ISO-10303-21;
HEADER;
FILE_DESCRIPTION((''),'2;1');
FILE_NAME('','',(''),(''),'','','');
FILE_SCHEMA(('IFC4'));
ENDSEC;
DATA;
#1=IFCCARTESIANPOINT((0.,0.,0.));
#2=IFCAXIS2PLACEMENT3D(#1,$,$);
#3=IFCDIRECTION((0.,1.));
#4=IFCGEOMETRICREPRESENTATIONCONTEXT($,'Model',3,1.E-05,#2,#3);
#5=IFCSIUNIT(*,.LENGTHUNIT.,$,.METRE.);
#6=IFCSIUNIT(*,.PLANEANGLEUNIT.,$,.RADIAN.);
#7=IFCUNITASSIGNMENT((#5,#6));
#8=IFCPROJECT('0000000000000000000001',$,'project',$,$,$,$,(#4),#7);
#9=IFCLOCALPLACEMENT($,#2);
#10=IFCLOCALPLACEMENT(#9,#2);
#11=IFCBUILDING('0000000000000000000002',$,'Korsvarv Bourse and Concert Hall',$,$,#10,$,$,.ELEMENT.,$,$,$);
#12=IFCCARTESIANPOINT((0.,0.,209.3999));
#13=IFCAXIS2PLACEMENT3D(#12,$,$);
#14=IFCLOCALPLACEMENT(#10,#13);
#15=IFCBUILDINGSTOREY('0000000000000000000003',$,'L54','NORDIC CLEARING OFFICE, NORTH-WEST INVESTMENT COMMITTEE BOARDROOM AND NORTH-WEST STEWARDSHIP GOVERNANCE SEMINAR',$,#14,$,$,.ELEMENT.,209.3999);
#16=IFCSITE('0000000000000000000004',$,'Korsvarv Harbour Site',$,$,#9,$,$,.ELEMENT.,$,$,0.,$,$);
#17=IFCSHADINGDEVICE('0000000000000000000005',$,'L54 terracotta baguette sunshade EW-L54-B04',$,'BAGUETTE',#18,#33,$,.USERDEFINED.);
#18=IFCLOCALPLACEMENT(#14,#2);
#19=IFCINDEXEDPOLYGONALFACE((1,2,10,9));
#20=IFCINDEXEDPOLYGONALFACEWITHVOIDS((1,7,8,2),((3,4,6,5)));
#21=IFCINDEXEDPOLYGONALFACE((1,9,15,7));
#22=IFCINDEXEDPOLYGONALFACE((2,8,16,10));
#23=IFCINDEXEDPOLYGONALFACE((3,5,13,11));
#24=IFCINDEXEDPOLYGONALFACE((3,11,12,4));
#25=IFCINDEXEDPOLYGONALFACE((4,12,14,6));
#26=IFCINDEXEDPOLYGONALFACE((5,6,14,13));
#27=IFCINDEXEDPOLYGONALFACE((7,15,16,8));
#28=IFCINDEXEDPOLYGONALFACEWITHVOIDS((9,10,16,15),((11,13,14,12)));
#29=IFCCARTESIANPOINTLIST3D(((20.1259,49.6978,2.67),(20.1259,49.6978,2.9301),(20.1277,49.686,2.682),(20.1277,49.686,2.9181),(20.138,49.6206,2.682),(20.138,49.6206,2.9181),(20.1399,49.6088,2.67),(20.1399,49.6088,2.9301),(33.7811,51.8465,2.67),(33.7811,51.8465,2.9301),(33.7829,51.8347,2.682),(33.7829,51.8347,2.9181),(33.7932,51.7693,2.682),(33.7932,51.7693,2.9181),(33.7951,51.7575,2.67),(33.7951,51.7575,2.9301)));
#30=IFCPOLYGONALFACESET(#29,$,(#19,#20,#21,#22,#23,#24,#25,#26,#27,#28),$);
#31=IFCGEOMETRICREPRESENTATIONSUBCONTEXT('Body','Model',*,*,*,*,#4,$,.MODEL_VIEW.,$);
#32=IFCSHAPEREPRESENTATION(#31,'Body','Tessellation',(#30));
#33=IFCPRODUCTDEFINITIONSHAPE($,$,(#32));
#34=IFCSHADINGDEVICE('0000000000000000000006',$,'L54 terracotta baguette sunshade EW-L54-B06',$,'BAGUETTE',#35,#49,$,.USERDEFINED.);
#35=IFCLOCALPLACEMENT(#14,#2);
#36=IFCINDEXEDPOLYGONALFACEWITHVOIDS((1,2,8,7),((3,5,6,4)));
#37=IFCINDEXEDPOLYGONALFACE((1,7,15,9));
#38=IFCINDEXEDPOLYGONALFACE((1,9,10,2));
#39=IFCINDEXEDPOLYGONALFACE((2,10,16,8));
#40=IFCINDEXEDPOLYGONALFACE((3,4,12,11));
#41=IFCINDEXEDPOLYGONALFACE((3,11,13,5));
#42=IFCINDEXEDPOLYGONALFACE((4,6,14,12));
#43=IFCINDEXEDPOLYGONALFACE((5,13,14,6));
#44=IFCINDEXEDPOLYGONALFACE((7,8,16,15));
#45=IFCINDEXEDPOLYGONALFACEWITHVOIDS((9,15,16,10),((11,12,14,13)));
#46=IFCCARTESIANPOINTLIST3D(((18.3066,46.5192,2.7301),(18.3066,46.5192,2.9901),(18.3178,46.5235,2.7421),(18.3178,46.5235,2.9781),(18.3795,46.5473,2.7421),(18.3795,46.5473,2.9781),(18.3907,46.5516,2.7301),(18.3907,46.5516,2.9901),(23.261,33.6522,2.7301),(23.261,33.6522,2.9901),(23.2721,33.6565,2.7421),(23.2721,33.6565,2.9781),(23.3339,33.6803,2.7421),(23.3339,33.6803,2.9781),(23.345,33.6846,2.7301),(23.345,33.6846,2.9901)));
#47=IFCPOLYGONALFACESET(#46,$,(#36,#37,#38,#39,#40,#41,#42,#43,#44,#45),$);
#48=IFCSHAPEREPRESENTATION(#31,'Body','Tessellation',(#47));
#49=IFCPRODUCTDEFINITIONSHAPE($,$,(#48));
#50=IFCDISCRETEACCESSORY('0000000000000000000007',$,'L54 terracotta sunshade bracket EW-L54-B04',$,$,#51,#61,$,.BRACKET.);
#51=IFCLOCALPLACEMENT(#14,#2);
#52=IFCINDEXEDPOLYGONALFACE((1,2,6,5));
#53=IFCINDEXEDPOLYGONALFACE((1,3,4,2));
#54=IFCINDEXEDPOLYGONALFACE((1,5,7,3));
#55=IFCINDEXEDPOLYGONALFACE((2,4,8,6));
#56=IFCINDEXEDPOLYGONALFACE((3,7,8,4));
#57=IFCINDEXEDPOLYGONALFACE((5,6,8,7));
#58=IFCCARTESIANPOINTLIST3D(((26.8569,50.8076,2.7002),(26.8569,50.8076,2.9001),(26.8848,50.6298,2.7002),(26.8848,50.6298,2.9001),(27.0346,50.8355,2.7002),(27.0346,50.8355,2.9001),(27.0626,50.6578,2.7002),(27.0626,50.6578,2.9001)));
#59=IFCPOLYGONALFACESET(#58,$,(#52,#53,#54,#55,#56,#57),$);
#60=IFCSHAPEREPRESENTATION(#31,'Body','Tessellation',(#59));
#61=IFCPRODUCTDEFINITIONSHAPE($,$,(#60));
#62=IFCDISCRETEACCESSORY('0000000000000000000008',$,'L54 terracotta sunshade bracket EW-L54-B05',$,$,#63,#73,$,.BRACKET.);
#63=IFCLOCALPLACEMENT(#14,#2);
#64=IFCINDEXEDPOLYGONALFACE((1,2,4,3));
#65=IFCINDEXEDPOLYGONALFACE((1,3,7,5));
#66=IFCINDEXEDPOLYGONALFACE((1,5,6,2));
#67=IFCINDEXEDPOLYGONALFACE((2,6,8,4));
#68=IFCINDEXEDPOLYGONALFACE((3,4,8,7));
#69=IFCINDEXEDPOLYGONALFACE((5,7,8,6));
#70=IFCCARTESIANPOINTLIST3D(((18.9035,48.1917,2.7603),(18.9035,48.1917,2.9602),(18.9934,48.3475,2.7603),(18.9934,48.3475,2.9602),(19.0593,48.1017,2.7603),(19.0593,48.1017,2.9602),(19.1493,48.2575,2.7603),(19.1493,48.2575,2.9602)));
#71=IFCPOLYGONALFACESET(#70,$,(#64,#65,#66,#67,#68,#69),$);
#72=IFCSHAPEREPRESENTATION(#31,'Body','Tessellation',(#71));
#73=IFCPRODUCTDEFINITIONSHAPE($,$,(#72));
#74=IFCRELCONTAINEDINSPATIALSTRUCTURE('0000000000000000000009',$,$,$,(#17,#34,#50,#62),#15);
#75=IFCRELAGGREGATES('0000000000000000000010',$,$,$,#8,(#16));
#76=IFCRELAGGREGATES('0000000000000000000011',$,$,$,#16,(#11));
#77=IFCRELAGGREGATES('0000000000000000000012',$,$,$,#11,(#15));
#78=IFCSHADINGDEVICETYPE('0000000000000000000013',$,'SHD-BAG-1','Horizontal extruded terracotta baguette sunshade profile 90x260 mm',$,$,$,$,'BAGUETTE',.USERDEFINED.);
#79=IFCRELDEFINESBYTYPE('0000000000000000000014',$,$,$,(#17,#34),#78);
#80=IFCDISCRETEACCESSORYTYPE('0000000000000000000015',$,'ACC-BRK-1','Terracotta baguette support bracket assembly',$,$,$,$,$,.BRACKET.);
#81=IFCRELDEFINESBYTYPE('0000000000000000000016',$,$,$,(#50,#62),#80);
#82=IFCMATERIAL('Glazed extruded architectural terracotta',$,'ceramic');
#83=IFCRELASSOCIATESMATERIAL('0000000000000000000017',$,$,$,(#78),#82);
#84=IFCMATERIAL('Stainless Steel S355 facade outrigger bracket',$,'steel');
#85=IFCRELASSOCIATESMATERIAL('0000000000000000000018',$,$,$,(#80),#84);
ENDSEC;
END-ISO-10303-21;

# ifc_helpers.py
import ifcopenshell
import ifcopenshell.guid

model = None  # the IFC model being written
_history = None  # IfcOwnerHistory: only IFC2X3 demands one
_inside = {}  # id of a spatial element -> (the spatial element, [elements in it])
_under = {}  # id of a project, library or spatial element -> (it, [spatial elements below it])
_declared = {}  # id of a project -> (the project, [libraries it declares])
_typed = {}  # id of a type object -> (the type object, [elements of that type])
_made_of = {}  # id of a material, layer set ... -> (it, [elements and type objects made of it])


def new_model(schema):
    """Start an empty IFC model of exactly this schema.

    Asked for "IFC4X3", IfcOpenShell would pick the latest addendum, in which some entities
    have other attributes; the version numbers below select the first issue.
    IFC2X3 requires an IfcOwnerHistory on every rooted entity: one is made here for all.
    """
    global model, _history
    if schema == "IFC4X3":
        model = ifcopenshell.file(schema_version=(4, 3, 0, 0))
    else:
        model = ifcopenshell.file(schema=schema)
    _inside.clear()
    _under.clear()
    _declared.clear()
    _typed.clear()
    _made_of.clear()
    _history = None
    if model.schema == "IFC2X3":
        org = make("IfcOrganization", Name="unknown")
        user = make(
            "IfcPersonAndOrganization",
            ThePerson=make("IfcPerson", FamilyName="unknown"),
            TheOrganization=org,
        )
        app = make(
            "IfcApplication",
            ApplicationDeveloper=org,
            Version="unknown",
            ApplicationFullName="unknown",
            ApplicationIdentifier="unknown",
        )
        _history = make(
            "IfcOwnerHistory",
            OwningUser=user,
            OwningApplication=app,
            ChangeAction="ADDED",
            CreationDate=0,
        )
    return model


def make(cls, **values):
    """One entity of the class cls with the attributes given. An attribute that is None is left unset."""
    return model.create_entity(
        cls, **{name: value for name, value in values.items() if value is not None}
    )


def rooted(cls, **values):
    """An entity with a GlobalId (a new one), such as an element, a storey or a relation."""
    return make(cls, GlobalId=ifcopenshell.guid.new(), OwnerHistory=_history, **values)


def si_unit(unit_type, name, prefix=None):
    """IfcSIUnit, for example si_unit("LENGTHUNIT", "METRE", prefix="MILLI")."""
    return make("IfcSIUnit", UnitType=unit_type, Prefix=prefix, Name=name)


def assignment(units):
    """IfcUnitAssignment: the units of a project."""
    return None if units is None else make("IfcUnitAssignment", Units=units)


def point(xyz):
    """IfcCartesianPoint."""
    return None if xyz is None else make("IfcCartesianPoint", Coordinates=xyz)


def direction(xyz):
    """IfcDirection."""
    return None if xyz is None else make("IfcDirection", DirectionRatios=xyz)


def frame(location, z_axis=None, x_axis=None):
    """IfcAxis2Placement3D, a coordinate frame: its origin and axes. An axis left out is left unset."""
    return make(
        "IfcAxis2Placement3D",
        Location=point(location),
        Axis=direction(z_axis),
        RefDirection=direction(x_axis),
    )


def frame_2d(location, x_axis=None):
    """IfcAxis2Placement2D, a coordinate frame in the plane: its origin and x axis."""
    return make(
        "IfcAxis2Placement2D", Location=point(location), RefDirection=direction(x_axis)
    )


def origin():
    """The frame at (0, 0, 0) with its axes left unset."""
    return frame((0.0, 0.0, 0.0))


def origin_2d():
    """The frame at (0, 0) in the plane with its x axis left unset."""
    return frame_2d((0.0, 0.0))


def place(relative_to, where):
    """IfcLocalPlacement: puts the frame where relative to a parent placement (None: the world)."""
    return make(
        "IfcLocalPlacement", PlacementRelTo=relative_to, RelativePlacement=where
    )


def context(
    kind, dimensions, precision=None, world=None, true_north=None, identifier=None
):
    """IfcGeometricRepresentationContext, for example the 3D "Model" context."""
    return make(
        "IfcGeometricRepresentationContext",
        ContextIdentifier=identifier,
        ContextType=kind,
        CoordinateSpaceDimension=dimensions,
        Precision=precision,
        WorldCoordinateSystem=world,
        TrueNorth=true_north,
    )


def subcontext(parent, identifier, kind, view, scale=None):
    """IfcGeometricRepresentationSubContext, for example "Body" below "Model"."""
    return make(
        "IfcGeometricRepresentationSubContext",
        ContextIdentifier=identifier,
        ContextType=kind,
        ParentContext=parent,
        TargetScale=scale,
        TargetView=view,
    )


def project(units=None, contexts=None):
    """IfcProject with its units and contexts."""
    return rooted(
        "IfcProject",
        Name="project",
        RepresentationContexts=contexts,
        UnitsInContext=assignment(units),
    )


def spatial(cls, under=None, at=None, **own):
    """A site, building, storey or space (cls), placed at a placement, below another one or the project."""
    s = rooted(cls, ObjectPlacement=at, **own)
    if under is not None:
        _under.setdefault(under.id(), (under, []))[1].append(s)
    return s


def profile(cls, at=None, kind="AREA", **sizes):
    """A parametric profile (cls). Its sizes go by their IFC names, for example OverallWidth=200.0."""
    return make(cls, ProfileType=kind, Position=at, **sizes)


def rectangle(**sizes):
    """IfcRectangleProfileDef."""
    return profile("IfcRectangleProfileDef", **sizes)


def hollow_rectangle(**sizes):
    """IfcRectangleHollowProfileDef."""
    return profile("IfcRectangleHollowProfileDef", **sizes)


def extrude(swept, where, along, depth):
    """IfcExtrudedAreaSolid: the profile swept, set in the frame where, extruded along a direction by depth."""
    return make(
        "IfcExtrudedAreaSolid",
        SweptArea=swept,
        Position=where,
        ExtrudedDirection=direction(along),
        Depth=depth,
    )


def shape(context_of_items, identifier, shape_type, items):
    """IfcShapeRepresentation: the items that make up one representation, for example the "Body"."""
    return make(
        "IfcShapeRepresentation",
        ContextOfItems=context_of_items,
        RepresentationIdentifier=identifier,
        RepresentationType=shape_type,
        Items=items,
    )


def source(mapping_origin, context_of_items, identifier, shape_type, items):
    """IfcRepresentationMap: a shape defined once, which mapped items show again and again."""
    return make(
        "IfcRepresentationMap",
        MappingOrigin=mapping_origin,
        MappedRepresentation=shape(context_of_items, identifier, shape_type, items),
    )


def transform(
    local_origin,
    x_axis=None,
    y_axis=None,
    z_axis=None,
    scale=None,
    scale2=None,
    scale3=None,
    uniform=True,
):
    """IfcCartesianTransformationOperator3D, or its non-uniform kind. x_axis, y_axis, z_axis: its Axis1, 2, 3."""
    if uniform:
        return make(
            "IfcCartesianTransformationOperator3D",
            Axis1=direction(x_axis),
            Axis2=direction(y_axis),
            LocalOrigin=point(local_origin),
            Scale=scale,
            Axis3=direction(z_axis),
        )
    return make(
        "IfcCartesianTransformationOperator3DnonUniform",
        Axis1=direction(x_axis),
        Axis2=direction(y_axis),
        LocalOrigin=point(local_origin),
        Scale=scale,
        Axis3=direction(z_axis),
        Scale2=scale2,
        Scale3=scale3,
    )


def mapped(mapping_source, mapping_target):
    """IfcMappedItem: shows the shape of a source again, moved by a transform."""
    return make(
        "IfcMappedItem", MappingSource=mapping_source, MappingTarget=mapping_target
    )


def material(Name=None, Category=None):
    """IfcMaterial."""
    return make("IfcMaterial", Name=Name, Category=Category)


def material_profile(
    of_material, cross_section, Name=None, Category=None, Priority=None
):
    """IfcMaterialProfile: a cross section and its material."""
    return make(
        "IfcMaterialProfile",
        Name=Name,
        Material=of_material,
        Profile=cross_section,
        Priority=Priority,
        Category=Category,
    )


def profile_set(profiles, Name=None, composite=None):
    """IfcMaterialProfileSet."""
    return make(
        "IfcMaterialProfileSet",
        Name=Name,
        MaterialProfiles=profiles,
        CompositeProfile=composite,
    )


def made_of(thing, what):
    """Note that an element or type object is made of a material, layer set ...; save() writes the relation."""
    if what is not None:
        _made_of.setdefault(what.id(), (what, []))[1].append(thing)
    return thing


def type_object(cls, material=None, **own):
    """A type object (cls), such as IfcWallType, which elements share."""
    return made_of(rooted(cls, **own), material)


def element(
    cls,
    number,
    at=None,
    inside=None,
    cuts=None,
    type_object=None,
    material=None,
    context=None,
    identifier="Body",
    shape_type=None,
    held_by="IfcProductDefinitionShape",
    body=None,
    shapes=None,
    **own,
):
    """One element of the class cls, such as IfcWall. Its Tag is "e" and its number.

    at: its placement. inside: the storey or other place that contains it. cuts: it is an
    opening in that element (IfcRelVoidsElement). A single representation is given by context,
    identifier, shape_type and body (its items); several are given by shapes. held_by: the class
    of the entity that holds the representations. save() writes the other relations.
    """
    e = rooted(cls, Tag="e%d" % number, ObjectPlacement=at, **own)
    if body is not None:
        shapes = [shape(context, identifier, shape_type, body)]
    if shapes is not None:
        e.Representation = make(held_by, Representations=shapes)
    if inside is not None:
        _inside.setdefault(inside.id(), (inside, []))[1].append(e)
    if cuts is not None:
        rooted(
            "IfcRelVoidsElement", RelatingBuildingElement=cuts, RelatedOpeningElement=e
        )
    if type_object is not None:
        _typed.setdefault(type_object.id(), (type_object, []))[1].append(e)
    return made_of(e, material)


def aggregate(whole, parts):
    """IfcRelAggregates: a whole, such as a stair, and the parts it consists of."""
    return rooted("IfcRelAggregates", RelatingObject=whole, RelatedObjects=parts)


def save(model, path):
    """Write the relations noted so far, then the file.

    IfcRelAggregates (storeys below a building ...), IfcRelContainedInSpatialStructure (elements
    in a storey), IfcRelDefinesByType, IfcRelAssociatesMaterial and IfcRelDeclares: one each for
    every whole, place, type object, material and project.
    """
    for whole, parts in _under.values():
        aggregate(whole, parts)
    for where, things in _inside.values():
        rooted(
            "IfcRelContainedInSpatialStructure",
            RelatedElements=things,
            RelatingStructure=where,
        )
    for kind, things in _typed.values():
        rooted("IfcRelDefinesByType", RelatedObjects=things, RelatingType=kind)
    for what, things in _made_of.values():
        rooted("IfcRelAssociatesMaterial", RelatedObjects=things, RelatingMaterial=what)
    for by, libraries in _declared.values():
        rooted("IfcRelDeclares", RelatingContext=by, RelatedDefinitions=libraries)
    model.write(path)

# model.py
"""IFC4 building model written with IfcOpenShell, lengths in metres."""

from ifc_helpers import new_model, si_unit, direction, frame, origin, origin_2d, place, context, subcontext, project, spatial, rectangle, hollow_rectangle, extrude, source, transform, mapped, material, material_profile, profile_set, type_object, element, save


model = new_model("IFC4")

# Units and contexts
model_context = context("Model", 3, precision=1e-05, world=origin(), true_north=direction((0.0, 1.0)))
body_context = subcontext(model_context, "Body", "Model", "MODEL_VIEW")
ifc_project = project(units=[si_unit("LENGTHUNIT", "METRE"), si_unit("PLANEANGLEUNIT", "RADIAN")], contexts=[model_context])

# Site, building, storey
site_placement = place(None, origin())
site = spatial("IfcSite", under=ifc_project, at=site_placement, Name="Korsvarv Harbour Site", CompositionType="ELEMENT", RefElevation=0.0)
building_placement = place(site_placement, origin())
building = spatial("IfcBuilding", under=site, at=building_placement, Name="Korsvarv Bourse and Concert Hall", CompositionType="ELEMENT")
storey_placement = place(building_placement, frame((0.0, 0.0, 209.3999)))
storey = spatial("IfcBuildingStorey", under=building, at=storey_placement, Name="L54", Description="NORDIC CLEARING OFFICE, NORTH-WEST INVESTMENT COMMITTEE BOARDROOM AND NORTH-WEST STEWARDSHIP GOVERNANCE SEMINAR", CompositionType="ELEMENT", Elevation=209.3999)

# Shading devices
ifc_material_1 = material(Name="Glazed extruded architectural terracotta", Category="ceramic")
ifc_material_profile_1 = material_profile(ifc_material_1, hollow_rectangle(XDim=0.0901, YDim=0.26, WallThickness=0.012, at=origin_2d()), Name="TC-BAG 90x260")
ifc_profile_set_1 = profile_set([ifc_material_profile_1], Name="Glazed extruded architectural terracotta")
shading_device_type = type_object("IfcShadingDeviceType", Name="SHD-BAG-1", Description="Horizontal extruded terracotta baguette sunshade profile 90x260 mm", ElementType="BAGUETTE", PredefinedType="USERDEFINED", material=ifc_profile_set_1)
shared_shape_1 = source(origin(), body_context, "Body", "SweptSolid", [
    extrude(hollow_rectangle(XDim=0.0901, YDim=0.26, WallThickness=0.012, at=origin_2d()), origin(), (0.0, 0.0, 1.0), 13.8232),
])
shading_device_1_placement = place(storey_placement, frame((33.7881, 51.802, 2.8), z_axis=(-0.987845, -0.155439, 0.0), x_axis=(0.155439, -0.987845, 0.0)))
element("IfcShadingDevice", 1, at=shading_device_1_placement, inside=storey, type_object=shading_device_type, Name="L54 terracotta baguette sunshade EW-L54-B04", ObjectType="BAGUETTE", PredefinedType="USERDEFINED", context=body_context, shape_type="MappedRepresentation", body=[
    mapped(shared_shape_1, transform((0.0, 0.0, 0.0), scale=1.0)),
])
shared_shape_2 = source(origin(), body_context, "Body", "SweptSolid", [
    extrude(hollow_rectangle(XDim=0.0901, YDim=0.26, WallThickness=0.012, at=origin_2d()), origin(), (0.0, 0.0, 1.0), 13.7878),
])
shading_device_2_placement = place(storey_placement, frame((18.3486, 46.5354, 2.8601), z_axis=(0.359328, -0.933211, 0.0), x_axis=(0.933211, 0.359328, 0.0)))
element("IfcShadingDevice", 2, at=shading_device_2_placement, inside=storey, type_object=shading_device_type, Name="L54 terracotta baguette sunshade EW-L54-B06", ObjectType="BAGUETTE", PredefinedType="USERDEFINED", context=body_context, shape_type="MappedRepresentation", body=[
    mapped(shared_shape_2, transform((0.0, 0.0, 0.0), scale=1.0)),
])

# Discrete accessories
ifc_material_2 = material(Name="Stainless Steel S355 facade outrigger bracket", Category="steel")
discrete_accessory_type = type_object("IfcDiscreteAccessoryType", Name="ACC-BRK-1", Description="Terracotta baguette support bracket assembly", PredefinedType="BRACKET", material=ifc_material_2)
shared_shape_3 = source(origin(), body_context, "Body", "SweptSolid", [
    extrude(rectangle(XDim=0.1799, YDim=0.1799, at=origin_2d()), origin(), (0.0, 0.0, 1.0), 0.2),
])
for number, where, z_axis, x_axis, name in (
    (3, (26.9597, 50.7327, 2.7002), (0.0, 0.0, 1.0), (-0.987852, -0.1554, 0.0), "L54 terracotta sunshade bracket EW-L54-B04"),
    (4, (19.0264, 48.2246, 2.7603), (0.0, 0.0, 1.0), (-0.5, -0.866025, 0.0), "L54 terracotta sunshade bracket EW-L54-B05"),
):
    element("IfcDiscreteAccessory", number, at=place(storey_placement, frame(where, z_axis=z_axis, x_axis=x_axis)), inside=storey, type_object=discrete_accessory_type, Name=name, PredefinedType="BRACKET", context=body_context, shape_type="MappedRepresentation", body=[
        mapped(shared_shape_3, transform((0.0, 0.0, 0.0), scale=1.0)),
    ])

save(model, "model.ifc")
